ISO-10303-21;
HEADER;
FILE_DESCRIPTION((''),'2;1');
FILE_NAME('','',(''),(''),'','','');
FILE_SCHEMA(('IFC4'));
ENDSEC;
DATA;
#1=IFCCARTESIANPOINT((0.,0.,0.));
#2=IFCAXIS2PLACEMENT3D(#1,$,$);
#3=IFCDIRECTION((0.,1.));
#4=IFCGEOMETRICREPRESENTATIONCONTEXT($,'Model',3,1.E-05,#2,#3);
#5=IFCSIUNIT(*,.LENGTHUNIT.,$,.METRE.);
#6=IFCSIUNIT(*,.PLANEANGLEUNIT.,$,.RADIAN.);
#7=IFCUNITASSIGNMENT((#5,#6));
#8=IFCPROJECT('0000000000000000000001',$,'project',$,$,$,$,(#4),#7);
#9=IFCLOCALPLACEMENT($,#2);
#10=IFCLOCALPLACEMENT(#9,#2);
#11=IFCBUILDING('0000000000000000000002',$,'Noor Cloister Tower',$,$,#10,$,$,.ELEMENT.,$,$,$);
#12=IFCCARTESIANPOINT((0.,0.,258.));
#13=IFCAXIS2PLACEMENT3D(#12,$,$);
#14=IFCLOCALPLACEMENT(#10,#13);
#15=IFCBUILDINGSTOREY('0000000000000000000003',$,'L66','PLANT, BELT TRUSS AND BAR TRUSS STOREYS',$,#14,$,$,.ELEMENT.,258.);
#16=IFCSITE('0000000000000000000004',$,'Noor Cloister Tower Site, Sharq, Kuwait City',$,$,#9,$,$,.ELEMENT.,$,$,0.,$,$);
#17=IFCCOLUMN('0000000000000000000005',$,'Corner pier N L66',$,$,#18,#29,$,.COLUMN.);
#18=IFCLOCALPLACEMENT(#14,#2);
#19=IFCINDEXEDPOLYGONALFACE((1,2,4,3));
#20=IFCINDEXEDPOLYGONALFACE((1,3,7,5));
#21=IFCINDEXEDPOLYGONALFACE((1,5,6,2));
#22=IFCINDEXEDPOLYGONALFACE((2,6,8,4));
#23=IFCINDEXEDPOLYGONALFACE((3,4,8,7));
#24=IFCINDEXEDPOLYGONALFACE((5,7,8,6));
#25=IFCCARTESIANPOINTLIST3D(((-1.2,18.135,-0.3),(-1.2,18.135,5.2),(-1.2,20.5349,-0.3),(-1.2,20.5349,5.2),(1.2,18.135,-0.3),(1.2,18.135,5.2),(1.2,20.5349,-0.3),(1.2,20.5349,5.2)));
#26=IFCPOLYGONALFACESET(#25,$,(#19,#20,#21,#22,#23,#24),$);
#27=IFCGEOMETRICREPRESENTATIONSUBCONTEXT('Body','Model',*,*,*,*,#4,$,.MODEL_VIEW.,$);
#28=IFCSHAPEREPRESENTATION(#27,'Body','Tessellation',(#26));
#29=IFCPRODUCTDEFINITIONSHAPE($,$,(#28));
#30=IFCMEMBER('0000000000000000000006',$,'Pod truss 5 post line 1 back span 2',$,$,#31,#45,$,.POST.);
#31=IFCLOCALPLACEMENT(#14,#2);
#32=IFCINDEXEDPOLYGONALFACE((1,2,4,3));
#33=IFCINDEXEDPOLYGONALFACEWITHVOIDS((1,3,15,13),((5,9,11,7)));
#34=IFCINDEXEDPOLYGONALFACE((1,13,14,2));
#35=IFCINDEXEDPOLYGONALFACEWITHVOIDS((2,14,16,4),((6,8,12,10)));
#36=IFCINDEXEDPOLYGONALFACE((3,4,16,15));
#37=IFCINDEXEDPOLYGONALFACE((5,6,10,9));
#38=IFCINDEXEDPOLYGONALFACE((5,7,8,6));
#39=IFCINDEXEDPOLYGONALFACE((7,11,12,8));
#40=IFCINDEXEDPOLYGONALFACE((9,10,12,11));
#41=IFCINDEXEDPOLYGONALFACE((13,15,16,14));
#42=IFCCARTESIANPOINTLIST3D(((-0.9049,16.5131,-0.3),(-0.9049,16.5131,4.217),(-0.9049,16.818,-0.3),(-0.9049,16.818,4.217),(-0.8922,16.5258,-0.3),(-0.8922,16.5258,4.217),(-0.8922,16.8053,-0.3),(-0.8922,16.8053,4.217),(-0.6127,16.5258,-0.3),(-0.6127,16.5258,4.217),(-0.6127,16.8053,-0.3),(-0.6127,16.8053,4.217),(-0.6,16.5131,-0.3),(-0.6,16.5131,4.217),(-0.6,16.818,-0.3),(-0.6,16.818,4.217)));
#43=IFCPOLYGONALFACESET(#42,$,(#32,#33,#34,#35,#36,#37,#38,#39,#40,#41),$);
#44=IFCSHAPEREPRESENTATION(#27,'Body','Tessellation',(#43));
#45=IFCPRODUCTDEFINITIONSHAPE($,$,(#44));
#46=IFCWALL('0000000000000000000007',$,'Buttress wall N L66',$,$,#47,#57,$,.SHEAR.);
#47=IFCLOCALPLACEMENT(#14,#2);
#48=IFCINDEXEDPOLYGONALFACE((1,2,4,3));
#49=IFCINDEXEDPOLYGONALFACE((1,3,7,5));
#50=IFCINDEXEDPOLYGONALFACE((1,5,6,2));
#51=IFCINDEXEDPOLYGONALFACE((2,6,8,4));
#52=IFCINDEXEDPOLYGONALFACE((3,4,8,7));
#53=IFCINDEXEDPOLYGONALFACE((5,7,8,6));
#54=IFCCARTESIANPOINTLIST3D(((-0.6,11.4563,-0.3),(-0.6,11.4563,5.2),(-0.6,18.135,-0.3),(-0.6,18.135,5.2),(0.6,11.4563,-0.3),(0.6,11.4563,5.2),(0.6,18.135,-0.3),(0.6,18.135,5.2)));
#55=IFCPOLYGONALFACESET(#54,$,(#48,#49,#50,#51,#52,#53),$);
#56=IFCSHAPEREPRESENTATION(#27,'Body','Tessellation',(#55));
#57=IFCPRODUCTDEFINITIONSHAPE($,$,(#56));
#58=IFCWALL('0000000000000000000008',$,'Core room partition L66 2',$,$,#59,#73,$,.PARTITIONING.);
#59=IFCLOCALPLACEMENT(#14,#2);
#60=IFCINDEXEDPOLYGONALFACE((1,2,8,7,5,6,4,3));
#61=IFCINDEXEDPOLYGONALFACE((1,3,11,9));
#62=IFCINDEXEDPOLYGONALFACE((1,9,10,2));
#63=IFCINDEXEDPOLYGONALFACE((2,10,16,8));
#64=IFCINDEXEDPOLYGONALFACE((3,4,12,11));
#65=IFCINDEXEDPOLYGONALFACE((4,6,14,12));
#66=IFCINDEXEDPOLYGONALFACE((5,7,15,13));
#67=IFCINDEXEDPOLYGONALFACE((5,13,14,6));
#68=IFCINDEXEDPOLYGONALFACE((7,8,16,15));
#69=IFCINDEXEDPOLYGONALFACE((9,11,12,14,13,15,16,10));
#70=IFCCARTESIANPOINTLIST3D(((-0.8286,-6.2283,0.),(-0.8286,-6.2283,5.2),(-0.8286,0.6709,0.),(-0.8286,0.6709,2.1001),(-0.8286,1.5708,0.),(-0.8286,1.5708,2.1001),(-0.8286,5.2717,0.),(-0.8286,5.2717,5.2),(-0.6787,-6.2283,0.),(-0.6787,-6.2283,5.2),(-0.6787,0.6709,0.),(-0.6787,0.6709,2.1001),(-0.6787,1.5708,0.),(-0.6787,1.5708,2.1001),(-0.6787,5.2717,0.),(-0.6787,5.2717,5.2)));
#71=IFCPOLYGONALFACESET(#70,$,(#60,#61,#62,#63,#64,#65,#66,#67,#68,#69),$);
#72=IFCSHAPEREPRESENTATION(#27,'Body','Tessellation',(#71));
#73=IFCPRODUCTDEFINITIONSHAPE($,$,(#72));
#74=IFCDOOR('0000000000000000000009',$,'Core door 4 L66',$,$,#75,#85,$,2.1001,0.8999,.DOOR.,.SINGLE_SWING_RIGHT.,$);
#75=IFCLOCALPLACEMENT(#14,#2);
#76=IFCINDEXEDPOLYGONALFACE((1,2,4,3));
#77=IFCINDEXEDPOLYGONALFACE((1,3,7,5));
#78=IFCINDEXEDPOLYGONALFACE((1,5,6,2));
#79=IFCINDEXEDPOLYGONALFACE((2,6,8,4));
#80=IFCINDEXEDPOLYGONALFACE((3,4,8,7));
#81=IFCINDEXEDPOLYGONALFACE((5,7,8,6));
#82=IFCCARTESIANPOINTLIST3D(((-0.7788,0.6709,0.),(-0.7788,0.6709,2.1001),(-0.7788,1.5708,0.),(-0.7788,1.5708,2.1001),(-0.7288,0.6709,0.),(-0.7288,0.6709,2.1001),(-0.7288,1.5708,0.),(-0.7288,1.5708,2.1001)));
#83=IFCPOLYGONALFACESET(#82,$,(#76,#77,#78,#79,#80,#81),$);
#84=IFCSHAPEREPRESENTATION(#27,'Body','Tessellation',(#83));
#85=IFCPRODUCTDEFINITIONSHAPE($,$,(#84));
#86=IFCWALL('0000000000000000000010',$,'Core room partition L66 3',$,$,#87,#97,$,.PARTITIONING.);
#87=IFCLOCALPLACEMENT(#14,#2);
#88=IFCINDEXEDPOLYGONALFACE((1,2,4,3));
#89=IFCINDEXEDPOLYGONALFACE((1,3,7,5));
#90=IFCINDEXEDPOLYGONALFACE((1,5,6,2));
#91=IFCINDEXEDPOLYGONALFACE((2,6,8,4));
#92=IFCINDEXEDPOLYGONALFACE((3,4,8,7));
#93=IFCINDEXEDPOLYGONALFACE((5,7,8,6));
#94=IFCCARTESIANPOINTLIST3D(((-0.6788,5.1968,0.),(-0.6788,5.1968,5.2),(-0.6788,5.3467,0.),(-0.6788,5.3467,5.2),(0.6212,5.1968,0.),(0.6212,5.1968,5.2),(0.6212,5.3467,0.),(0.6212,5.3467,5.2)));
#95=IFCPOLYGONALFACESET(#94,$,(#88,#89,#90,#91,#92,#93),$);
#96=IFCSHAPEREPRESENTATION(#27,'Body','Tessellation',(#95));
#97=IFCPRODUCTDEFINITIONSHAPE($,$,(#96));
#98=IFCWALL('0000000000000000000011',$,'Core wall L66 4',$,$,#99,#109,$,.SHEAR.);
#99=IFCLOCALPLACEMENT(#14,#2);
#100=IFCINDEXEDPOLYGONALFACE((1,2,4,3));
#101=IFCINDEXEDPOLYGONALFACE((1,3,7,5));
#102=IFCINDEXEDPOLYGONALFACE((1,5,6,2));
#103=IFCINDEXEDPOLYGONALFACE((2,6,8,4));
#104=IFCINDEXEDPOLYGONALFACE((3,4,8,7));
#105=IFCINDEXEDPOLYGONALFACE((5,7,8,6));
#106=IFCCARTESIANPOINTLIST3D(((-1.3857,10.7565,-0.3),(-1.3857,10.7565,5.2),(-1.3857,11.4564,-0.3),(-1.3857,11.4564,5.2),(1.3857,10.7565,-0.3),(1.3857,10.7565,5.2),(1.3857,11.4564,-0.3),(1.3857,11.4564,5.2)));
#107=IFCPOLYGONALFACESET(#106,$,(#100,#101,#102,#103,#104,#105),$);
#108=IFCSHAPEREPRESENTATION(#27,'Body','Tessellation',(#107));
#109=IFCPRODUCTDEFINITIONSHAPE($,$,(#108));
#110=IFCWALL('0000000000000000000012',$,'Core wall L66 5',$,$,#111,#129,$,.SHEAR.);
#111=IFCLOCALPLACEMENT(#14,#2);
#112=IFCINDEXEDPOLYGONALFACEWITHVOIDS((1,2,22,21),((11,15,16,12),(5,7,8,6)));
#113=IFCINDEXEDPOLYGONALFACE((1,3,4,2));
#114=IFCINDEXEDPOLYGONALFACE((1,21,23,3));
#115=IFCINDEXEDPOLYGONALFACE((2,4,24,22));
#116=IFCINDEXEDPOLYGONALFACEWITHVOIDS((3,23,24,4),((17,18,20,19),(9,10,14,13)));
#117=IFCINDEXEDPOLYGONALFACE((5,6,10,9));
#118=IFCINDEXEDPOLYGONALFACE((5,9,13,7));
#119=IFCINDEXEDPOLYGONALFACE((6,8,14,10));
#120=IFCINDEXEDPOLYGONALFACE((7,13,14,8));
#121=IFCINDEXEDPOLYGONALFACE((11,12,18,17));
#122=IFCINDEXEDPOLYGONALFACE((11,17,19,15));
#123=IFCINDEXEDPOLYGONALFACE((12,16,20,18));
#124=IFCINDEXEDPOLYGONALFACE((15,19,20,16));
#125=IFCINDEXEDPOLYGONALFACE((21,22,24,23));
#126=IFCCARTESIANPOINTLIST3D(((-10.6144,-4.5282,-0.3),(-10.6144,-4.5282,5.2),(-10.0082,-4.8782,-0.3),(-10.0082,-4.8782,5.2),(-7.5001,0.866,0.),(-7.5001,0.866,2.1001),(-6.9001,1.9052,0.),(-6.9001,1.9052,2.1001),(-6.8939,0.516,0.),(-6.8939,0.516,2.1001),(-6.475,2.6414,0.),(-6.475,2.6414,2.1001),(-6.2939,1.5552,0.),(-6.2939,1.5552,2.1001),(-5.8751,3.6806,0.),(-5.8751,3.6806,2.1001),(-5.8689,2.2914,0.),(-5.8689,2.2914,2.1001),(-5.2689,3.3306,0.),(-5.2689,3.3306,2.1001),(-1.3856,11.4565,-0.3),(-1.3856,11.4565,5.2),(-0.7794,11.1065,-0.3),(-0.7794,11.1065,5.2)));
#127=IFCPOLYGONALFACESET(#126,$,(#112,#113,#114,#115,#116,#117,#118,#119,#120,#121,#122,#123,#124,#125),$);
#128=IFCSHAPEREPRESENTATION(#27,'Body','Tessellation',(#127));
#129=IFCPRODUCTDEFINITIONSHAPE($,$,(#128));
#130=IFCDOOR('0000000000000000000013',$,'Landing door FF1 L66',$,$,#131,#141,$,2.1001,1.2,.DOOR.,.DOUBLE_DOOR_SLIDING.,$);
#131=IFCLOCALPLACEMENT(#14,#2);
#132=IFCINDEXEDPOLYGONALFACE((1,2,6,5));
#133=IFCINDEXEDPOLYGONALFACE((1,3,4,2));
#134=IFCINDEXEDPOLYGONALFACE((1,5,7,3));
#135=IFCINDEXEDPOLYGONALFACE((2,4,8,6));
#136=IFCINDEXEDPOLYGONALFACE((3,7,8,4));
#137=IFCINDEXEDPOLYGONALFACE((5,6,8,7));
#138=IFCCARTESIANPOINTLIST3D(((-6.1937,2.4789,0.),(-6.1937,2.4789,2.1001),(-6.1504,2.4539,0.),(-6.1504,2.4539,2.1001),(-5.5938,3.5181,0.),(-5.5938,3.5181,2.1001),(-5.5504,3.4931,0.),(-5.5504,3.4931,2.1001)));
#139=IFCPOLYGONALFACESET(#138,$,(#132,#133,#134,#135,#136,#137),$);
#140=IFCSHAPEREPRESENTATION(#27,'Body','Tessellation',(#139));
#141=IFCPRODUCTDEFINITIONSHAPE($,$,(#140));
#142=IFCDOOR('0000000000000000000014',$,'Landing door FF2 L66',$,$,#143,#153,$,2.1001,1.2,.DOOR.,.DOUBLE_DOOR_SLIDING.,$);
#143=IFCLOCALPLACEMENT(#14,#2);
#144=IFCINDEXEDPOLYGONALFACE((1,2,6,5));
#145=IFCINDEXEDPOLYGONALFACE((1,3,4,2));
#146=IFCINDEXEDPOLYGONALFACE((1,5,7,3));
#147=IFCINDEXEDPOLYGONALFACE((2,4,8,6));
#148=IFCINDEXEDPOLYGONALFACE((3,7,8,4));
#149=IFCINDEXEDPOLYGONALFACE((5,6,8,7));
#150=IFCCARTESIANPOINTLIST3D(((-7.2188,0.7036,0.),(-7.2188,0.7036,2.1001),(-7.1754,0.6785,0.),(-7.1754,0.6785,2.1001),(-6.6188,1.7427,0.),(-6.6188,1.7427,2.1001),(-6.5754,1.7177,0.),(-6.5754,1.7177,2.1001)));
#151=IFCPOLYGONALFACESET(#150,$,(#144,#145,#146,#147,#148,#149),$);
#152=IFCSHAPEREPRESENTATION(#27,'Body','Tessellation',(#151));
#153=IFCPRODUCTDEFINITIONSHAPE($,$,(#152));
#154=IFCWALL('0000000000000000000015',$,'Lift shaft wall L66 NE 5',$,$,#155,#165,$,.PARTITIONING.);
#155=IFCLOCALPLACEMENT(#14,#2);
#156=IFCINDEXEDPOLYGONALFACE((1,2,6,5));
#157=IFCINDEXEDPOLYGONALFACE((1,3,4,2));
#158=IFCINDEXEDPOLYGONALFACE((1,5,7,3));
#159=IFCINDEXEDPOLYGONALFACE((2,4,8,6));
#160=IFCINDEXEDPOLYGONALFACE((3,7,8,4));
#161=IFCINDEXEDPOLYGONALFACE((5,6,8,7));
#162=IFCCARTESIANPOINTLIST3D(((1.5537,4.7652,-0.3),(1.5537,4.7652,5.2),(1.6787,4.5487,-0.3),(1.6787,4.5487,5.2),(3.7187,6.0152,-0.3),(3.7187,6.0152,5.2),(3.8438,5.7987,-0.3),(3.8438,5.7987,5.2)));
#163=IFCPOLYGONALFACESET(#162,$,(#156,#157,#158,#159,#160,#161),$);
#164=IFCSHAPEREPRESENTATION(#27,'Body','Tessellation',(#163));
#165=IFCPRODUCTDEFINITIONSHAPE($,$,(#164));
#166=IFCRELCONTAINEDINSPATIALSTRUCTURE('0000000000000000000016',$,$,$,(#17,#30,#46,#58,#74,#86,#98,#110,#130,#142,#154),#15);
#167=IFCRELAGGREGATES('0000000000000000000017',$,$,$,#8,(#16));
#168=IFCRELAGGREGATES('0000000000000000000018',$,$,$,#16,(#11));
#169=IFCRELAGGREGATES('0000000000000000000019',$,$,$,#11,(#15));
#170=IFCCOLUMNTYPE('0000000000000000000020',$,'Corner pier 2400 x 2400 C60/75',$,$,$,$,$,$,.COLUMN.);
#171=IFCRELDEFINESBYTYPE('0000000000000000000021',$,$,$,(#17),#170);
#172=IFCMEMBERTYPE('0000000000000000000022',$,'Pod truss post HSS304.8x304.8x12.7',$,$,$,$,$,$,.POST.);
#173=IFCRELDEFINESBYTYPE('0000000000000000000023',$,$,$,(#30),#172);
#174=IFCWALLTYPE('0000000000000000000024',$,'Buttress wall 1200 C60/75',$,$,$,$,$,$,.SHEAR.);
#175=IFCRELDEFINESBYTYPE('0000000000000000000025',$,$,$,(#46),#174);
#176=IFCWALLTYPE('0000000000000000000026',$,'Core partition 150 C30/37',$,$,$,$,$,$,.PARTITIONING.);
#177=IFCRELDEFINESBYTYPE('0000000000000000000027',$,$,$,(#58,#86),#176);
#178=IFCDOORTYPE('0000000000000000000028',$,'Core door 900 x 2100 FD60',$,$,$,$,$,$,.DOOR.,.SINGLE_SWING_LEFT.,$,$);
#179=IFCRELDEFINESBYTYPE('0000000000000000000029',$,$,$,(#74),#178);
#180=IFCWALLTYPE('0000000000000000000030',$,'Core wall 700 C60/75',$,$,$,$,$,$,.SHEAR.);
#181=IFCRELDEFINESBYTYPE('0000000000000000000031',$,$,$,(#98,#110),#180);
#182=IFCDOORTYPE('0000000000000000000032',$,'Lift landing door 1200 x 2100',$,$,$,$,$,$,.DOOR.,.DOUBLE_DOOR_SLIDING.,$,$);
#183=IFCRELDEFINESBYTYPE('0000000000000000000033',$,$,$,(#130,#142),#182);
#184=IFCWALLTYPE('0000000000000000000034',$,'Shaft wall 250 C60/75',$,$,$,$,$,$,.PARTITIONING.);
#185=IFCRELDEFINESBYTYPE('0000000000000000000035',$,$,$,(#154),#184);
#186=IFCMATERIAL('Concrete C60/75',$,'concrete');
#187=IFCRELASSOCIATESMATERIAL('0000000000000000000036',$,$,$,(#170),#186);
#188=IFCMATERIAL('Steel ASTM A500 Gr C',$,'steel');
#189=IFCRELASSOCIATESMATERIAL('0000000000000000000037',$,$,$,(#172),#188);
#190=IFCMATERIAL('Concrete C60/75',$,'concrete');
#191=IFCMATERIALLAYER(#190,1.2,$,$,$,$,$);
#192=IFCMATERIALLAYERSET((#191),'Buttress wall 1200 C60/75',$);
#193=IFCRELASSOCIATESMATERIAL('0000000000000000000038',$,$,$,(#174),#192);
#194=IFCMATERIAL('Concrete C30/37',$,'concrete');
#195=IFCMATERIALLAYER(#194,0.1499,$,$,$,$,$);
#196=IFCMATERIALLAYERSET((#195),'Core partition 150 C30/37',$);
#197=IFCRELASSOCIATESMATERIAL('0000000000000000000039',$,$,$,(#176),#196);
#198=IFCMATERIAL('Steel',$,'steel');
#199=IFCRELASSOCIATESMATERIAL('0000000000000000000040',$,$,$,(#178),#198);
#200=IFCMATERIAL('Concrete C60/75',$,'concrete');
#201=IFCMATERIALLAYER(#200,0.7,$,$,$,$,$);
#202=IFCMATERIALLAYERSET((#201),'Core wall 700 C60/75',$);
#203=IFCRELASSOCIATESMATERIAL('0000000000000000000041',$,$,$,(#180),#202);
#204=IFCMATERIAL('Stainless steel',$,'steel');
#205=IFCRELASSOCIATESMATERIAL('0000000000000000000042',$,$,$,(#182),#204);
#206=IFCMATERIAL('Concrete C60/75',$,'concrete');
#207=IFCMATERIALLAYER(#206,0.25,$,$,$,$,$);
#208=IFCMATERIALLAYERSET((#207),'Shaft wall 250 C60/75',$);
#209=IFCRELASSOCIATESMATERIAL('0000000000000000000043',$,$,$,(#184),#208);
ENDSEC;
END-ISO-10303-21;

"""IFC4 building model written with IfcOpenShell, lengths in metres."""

from ifc_helpers import new_model, si_unit, direction, frame, frame_2d, origin, origin_2d, place, context, subcontext, project, spatial, rectangle, hollow_rectangle, extrude, material, layer, layer_set, material_profile, profile_set, type_object, element, fill, save


model = new_model("IFC4")

# Units and contexts
model_context = context("Model", 3, precision=1e-05, world=origin(), true_north=direction((0.0, 1.0)))
body_context = subcontext(model_context, "Body", "Model", "MODEL_VIEW")
ifc_project = project(units=[si_unit("LENGTHUNIT", "METRE"), si_unit("PLANEANGLEUNIT", "RADIAN")], contexts=[model_context])

# Site, building, storey
site_placement = place(None, origin())
site = spatial("IfcSite", under=ifc_project, at=site_placement, Name="Noor Cloister Tower Site, Sharq, Kuwait City", CompositionType="ELEMENT", RefElevation=0.0)
building_placement = place(site_placement, origin())
building = spatial("IfcBuilding", under=site, at=building_placement, Name="Noor Cloister Tower", CompositionType="ELEMENT")
storey_placement = place(building_placement, frame((0.0, 0.0, 258.0)))
storey = spatial("IfcBuildingStorey", under=building, at=storey_placement, Name="L66", Description="PLANT, BELT TRUSS AND BAR TRUSS STOREYS", CompositionType="ELEMENT", Elevation=258.0)

# Column
ifc_material_1 = material(Name="Concrete C60/75", Category="concrete")
ifc_material_profile_1 = material_profile(ifc_material_1, rectangle(XDim=2.3999, YDim=2.3999, at=origin_2d()), Name="RC 2400x2400")
ifc_profile_set_1 = profile_set([ifc_material_profile_1], Name="Concrete C60/75")
column_type = type_object("IfcColumnType", Name="Corner pier 2400 x 2400 C60/75", PredefinedType="COLUMN", material=ifc_profile_set_1)
column_placement = place(storey_placement, frame((0.0, 19.335, -0.3), z_axis=(0.0, 0.0, 1.0), x_axis=(0.0, 1.0, 0.0)))
element("IfcColumn", 1, at=column_placement, inside=storey, type_object=column_type, Name="Corner pier N L66", PredefinedType="COLUMN", context=body_context, shape_type="SweptSolid", body=[
    extrude(rectangle(XDim=2.3999, YDim=2.3999, at=origin_2d()), origin(), (0.0, 0.0, 1.0), 5.5),
])

# Member
ifc_material_2 = material(Name="Steel ASTM A500 Gr C", Category="steel")
ifc_material_profile_2 = material_profile(ifc_material_2, hollow_rectangle(XDim=0.3049, YDim=0.3049, WallThickness=0.0127, at=origin_2d()), Name="HSS304.8x304.8x12.7")
ifc_profile_set_2 = profile_set([ifc_material_profile_2], Name="Steel ASTM A500 Gr C")
member_type = type_object("IfcMemberType", Name="Pod truss post HSS304.8x304.8x12.7", PredefinedType="POST", material=ifc_profile_set_2)
member_placement = place(storey_placement, frame((-0.7524, 16.6655, -0.3), z_axis=(0.0, 0.0, 1.0), x_axis=(1.0, 0.0, 0.0)))
element("IfcMember", 2, at=member_placement, inside=storey, type_object=member_type, Name="Pod truss 5 post line 1 back span 2", PredefinedType="POST", context=body_context, shape_type="SweptSolid", body=[
    extrude(hollow_rectangle(XDim=0.3049, YDim=0.3049, WallThickness=0.0127, at=origin_2d()), origin(), (0.0, 0.0, 1.0), 4.5171),
])

# Wall
ifc_material_3 = material(Name="Concrete C60/75", Category="concrete")
ifc_layer_1 = layer(ifc_material_3, 1.2)
ifc_layer_set_1 = layer_set([ifc_layer_1], Name="Buttress wall 1200 C60/75")
wall_type_1 = type_object("IfcWallType", Name="Buttress wall 1200 C60/75", PredefinedType="SHEAR", material=ifc_layer_set_1)
wall_1_placement = place(storey_placement, frame((0.0, 11.4563, -0.3), z_axis=(0.0, 0.0, 1.0), x_axis=(0.0, 1.0, 0.0)))
element("IfcWall", 3, at=wall_1_placement, inside=storey, type_object=wall_type_1, Name="Buttress wall N L66", PredefinedType="SHEAR", context=body_context, shape_type="SweptSolid", body=[
    extrude(rectangle(XDim=6.6787, YDim=1.2, at=frame_2d((3.3394, 0.0))), origin(), (0.0, 0.0, 1.0), 5.5),
])

# Wall, opening, door
ifc_material_4 = material(Name="Concrete C30/37", Category="concrete")
ifc_layer_2 = layer(ifc_material_4, 0.1499)
ifc_layer_set_2 = layer_set([ifc_layer_2], Name="Core partition 150 C30/37")
wall_type_2 = type_object("IfcWallType", Name="Core partition 150 C30/37", PredefinedType="PARTITIONING", material=ifc_layer_set_2)
wall_2_placement = place(storey_placement, frame((-0.7537, 5.2717, 0.0), z_axis=(0.0, 0.0, 1.0), x_axis=(0.0, -1.0, 0.0)))
wall_2 = element("IfcWall", 4, at=wall_2_placement, inside=storey, type_object=wall_type_2, Name="Core room partition L66 2", PredefinedType="PARTITIONING", context=body_context, shape_type="SweptSolid", body=[
    extrude(rectangle(XDim=11.5, YDim=0.1499, at=frame_2d((5.75, 0.0))), origin(), (0.0, 0.0, 1.0), 5.2),
])
opening_1_placement = place(wall_2_placement, frame((3.7009, 0.0, 0.0)))
opening_1 = element("IfcOpeningElement", 5, at=opening_1_placement, cuts=wall_2, PredefinedType="OPENING", context=body_context, shape_type="SweptSolid", body=[
    extrude(rectangle(XDim=0.8999, YDim=2.1001, at=frame_2d((0.45, 1.05))), frame((0.0, 0.085, 0.0), z_axis=(0.0, -1.0, 0.0), x_axis=(1.0, 0.0, 0.0)), (0.0, 0.0, 1.0), 0.1699),
])
ifc_material_5 = material(Name="Steel", Category="steel")
door_type_1 = type_object("IfcDoorType", Name="Core door 900 x 2100 FD60", OperationType="SINGLE_SWING_LEFT", PredefinedType="DOOR", material=ifc_material_5)
door_1_placement = place(opening_1_placement, origin())
door_1 = element("IfcDoor", 6, at=door_1_placement, inside=storey, type_object=door_type_1, Name="Core door 4 L66", OperationType="SINGLE_SWING_RIGHT", OverallHeight=2.1001, OverallWidth=0.8999, PredefinedType="DOOR", context=body_context, shape_type="SweptSolid", body=[
    extrude(rectangle(XDim=0.8999, YDim=2.1001, at=frame_2d((0.45, 1.05))), frame((0.0, 0.0249, 0.0), z_axis=(0.0, -1.0, 0.0), x_axis=(1.0, 0.0, 0.0)), (0.0, 0.0, 1.0), 0.05),
])
fill(opening_1, door_1)

# Walls
wall_3_placement = place(storey_placement, frame((-0.6787, 5.2717, 0.0), z_axis=(0.0, 0.0, 1.0), x_axis=(1.0, 0.0, 0.0)))
element("IfcWall", 7, at=wall_3_placement, inside=storey, type_object=wall_type_2, Name="Core room partition L66 3", PredefinedType="PARTITIONING", context=body_context, shape_type="SweptSolid", body=[
    extrude(rectangle(XDim=1.3, YDim=0.1499, at=frame_2d((0.6499, 0.0))), origin(), (0.0, 0.0, 1.0), 5.2),
])
ifc_material_6 = material(Name="Concrete C60/75", Category="concrete")
ifc_layer_3 = layer(ifc_material_6, 0.7)
ifc_layer_set_3 = layer_set([ifc_layer_3], Name="Core wall 700 C60/75")
wall_type_3 = type_object("IfcWallType", Name="Core wall 700 C60/75", PredefinedType="SHEAR", material=ifc_layer_set_3)
wall_4_placement = place(storey_placement, frame((1.3857, 11.1064, -0.3), z_axis=(0.0, 0.0, 1.0), x_axis=(-1.0, 0.0, 0.0)))
element("IfcWall", 8, at=wall_4_placement, inside=storey, type_object=wall_type_3, Name="Core wall L66 4", PredefinedType="SHEAR", context=body_context, shape_type="SweptSolid", body=[
    extrude(rectangle(XDim=2.7715, YDim=0.7, at=frame_2d((1.3857, 0.0))), origin(), (0.0, 0.0, 1.0), 5.5),
])

# Wall, openings, doors
wall_5_placement = place(storey_placement, frame((-1.0825, 11.2815, -0.3), z_axis=(0.0, 0.0, 1.0), x_axis=(-0.500001, -0.866025, 0.0)))
wall_5 = element("IfcWall", 9, at=wall_5_placement, inside=storey, type_object=wall_type_3, Name="Core wall L66 5", PredefinedType="SHEAR", context=body_context, shape_type="SweptSolid", body=[
    extrude(rectangle(XDim=18.4575, YDim=0.7, at=frame_2d((9.2288, 0.0))), origin(), (0.0, 0.0, 1.0), 5.5),
])
opening_2_placement = place(wall_5_placement, frame((8.9788, 0.0, 0.3)))
opening_2 = element("IfcOpeningElement", 10, at=opening_2_placement, cuts=wall_5, PredefinedType="OPENING", context=body_context, shape_type="SweptSolid", body=[
    extrude(rectangle(XDim=1.2, YDim=2.1001, at=frame_2d((0.6001, 1.05))), frame((0.0, 0.3599, 0.0), z_axis=(0.0, -1.0, 0.0), x_axis=(1.0, 0.0, 0.0)), (0.0, 0.0, 1.0), 0.72),
])
opening_3_placement = place(wall_5_placement, frame((11.0288, 0.0, 0.3)))
opening_3 = element("IfcOpeningElement", 11, at=opening_3_placement, cuts=wall_5, PredefinedType="OPENING", context=body_context, shape_type="SweptSolid", body=[
    extrude(rectangle(XDim=1.2, YDim=2.1001, at=frame_2d((0.6001, 1.05))), frame((0.0, 0.3599, 0.0), z_axis=(0.0, -1.0, 0.0), x_axis=(1.0, 0.0, 0.0)), (0.0, 0.0, 1.0), 0.72),
])
ifc_material_7 = material(Name="Stainless steel", Category="steel")
door_type_2 = type_object("IfcDoorType", Name="Lift landing door 1200 x 2100", OperationType="DOUBLE_DOOR_SLIDING", PredefinedType="DOOR", material=ifc_material_7)
door_2_placement = place(opening_2_placement, origin())
door_2 = element("IfcDoor", 12, at=door_2_placement, inside=storey, type_object=door_type_2, Name="Landing door FF1 L66", OperationType="DOUBLE_DOOR_SLIDING", OverallHeight=2.1001, OverallWidth=1.2, PredefinedType="DOOR", context=body_context, shape_type="SweptSolid", body=[
    extrude(rectangle(XDim=1.2, YDim=2.1001, at=frame_2d((0.6001, 1.05))), frame((0.0, 0.0249, 0.0), z_axis=(0.0, -1.0, 0.0), x_axis=(1.0, 0.0, 0.0)), (0.0, 0.0, 1.0), 0.05),
])
fill(opening_2, door_2)
door_3_placement = place(opening_3_placement, origin())
door_3 = element("IfcDoor", 13, at=door_3_placement, inside=storey, type_object=door_type_2, Name="Landing door FF2 L66", OperationType="DOUBLE_DOOR_SLIDING", OverallHeight=2.1001, OverallWidth=1.2, PredefinedType="DOOR", context=body_context, shape_type="SweptSolid", body=[
    extrude(rectangle(XDim=1.2, YDim=2.1001, at=frame_2d((0.6001, 1.05))), frame((0.0, 0.0249, 0.0), z_axis=(0.0, -1.0, 0.0), x_axis=(1.0, 0.0, 0.0)), (0.0, 0.0, 1.0), 0.05),
])
fill(opening_3, door_3)

# Wall
ifc_material_8 = material(Name="Concrete C60/75", Category="concrete")
ifc_layer_4 = layer(ifc_material_8, 0.25)
ifc_layer_set_4 = layer_set([ifc_layer_4], Name="Shaft wall 250 C60/75")
wall_type_4 = type_object("IfcWallType", Name="Shaft wall 250 C60/75", PredefinedType="PARTITIONING", material=ifc_layer_set_4)
for number, where, z_axis, x_axis, name in (
    (14, (3.7812, 5.907, -0.3), (0.0, 0.0, 1.0), (-0.866023, -0.500004, 0.0), "Lift shaft wall L66 NE 5"),
):
    element("IfcWall", number, at=place(storey_placement, frame(where, z_axis=z_axis, x_axis=x_axis)), inside=storey, type_object=wall_type_4, Name=name, PredefinedType="PARTITIONING", context=body_context, shape_type="SweptSolid", body=[
        extrude(rectangle(XDim=2.5, YDim=0.25, at=frame_2d((1.25, 0.0))), origin(), (0.0, 0.0, 1.0), 5.5),
    ])

save(model, "model.ifc")
